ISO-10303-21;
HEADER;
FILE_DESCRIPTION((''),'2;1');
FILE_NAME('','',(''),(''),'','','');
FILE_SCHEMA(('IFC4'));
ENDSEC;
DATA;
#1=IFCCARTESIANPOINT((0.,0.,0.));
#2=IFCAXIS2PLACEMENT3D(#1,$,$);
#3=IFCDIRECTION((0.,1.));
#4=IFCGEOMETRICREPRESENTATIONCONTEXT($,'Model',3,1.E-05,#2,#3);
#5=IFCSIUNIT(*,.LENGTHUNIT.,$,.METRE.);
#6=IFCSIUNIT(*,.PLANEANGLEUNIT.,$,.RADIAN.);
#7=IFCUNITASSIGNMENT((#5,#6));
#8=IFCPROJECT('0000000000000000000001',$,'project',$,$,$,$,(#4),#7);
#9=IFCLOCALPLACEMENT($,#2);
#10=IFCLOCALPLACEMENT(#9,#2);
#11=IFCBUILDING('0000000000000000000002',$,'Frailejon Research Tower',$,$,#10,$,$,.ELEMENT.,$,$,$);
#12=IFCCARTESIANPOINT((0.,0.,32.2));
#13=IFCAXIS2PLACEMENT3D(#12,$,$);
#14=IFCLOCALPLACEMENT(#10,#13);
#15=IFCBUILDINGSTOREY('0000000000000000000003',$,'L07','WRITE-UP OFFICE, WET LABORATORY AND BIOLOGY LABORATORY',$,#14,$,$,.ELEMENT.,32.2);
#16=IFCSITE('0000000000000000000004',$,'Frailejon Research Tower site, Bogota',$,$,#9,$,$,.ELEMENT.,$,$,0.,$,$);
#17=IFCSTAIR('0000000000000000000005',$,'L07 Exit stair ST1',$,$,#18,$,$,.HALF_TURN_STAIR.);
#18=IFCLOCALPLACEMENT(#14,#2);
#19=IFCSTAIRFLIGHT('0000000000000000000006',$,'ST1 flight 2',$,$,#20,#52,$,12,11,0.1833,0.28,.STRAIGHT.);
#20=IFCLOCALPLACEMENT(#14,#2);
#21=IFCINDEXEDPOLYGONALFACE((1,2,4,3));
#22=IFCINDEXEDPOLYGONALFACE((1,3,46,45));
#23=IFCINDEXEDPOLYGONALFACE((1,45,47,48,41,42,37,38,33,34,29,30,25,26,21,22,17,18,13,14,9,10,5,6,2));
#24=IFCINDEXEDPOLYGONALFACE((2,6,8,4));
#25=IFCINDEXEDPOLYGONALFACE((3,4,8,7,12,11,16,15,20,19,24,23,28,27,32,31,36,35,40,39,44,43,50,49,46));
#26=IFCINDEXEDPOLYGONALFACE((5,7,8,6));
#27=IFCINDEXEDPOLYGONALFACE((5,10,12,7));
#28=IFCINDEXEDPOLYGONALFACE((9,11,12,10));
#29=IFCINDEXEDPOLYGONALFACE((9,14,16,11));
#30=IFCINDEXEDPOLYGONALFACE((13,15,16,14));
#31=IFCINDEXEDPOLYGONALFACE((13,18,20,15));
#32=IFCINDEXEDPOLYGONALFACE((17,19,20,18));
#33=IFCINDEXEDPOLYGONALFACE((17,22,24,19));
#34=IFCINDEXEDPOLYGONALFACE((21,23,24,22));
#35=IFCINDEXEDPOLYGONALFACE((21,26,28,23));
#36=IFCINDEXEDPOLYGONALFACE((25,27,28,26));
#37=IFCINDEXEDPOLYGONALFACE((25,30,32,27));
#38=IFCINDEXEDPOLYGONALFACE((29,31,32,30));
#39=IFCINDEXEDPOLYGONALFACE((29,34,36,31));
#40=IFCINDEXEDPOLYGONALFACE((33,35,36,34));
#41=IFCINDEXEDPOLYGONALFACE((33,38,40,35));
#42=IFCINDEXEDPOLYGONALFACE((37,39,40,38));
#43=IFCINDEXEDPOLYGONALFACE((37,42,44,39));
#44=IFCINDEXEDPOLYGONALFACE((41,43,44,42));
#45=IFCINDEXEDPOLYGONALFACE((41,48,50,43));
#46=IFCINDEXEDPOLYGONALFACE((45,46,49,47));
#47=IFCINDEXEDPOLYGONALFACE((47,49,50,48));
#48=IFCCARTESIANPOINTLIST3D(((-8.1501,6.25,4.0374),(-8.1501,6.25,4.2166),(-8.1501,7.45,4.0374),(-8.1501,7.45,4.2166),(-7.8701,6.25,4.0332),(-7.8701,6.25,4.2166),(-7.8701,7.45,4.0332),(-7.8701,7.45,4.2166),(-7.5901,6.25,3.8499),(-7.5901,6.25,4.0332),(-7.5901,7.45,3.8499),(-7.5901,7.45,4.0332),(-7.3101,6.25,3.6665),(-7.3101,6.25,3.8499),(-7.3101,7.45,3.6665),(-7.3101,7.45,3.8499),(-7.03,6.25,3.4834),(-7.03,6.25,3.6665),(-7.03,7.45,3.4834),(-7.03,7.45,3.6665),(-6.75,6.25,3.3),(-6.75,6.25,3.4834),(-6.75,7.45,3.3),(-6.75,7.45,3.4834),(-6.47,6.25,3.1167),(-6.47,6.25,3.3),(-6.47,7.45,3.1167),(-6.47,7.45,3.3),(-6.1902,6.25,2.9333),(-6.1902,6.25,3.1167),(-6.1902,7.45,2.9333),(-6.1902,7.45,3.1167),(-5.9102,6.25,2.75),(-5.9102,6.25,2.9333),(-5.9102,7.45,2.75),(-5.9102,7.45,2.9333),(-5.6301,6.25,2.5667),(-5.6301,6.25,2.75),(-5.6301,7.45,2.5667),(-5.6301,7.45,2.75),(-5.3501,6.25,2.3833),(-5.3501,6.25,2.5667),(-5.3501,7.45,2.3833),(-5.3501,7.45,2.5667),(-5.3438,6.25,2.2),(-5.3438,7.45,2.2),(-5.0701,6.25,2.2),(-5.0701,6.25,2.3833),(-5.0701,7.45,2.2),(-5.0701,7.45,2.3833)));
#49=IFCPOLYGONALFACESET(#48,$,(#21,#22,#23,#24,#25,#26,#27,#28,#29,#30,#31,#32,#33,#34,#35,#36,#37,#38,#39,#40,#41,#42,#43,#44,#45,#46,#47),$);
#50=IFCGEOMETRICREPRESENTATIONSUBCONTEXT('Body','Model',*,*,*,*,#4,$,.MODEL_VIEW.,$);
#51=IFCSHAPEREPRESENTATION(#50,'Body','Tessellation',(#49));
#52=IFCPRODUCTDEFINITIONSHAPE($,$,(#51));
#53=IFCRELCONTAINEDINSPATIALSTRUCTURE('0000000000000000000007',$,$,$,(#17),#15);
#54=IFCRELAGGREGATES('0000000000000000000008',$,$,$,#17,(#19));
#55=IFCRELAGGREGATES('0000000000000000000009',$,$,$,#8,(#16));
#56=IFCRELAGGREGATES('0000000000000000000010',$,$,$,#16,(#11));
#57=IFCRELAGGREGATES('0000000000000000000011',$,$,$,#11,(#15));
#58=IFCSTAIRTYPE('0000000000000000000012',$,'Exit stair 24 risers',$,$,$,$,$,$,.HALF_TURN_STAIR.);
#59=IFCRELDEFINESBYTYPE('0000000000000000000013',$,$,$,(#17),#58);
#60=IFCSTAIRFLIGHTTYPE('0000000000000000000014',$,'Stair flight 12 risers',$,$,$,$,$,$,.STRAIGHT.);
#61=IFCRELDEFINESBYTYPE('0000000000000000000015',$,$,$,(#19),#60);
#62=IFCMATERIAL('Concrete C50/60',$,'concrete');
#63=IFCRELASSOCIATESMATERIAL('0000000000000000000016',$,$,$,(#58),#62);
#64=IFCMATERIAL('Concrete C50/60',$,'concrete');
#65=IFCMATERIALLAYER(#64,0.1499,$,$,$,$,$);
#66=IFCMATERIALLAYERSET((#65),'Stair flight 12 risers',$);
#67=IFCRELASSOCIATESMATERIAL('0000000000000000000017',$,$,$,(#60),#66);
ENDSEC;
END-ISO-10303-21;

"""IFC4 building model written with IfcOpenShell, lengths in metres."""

from ifc_helpers import new_model, si_unit, direction, frame, origin, place, context, subcontext, project, spatial, polyline, outline, extrude, material, layer, layer_set, type_object, element, aggregate, save


model = new_model("IFC4")

# Units and contexts
model_context = context("Model", 3, precision=1e-05, world=origin(), true_north=direction((0.0, 1.0)))
body_context = subcontext(model_context, "Body", "Model", "MODEL_VIEW")
ifc_project = project(units=[si_unit("LENGTHUNIT", "METRE"), si_unit("PLANEANGLEUNIT", "RADIAN")], contexts=[model_context])

# Site, building, storey
site_placement = place(None, origin())
site = spatial("IfcSite", under=ifc_project, at=site_placement, Name="Frailejon Research Tower site, Bogota", CompositionType="ELEMENT", RefElevation=0.0)
building_placement = place(site_placement, origin())
building = spatial("IfcBuilding", under=site, at=building_placement, Name="Frailejon Research Tower", CompositionType="ELEMENT")
storey_placement = place(building_placement, frame((0.0, 0.0, 32.2)))
storey = spatial("IfcBuildingStorey", under=building, at=storey_placement, Name="L07", Description="WRITE-UP OFFICE, WET LABORATORY AND BIOLOGY LABORATORY", CompositionType="ELEMENT", Elevation=32.2)

# Stair, stair flight
ifc_material_1 = material(Name="Concrete C50/60", Category="concrete")
stair_type = type_object("IfcStairType", Name="Exit stair 24 risers", PredefinedType="HALF_TURN_STAIR", material=ifc_material_1)
stair_placement = place(storey_placement, origin())
stair = element("IfcStair", 1, at=stair_placement, inside=storey, type_object=stair_type, Name="L07 Exit stair ST1", PredefinedType="HALF_TURN_STAIR")
ifc_material_2 = material(Name="Concrete C50/60", Category="concrete")
ifc_layer_1 = layer(ifc_material_2, 0.1499)
ifc_layer_set_1 = layer_set([ifc_layer_1], Name="Stair flight 12 risers")
stair_flight_type = type_object("IfcStairFlightType", Name="Stair flight 12 risers", PredefinedType="STRAIGHT", material=ifc_layer_set_1)
stair_flight_1_placement = place(storey_placement, frame((-5.0701, 6.8501, 2.2), z_axis=(0.0, 0.0, 1.0), x_axis=(-1.0, 0.0, 0.0)))
stair_flight_1 = element("IfcStairFlight", 2, at=stair_flight_1_placement, type_object=stair_flight_type, Name="ST1 flight 2", NumberOfRisers=12, NumberOfTreads=11, PredefinedType="STRAIGHT", RiserHeight=0.1833, TreadLength=0.28, context=body_context, shape_type="SweptSolid", body=[
    extrude(outline(polyline([(0.0, 0.0), (0.0, 0.1833), (0.28, 0.1833), (0.28, 0.3667), (0.5601, 0.3667), (0.5601, 0.55), (0.8401, 0.55), (0.8401, 0.7334), (1.1201, 0.7334), (1.1201, 0.9167), (1.3999, 0.9167), (1.3999, 1.1001), (1.6799, 1.1001), (1.6799, 1.2834), (1.96, 1.2834), (1.96, 1.4666), (2.24, 1.4666), (2.24, 1.6499), (2.52, 1.6499), (2.52, 1.8333), (2.8, 1.8333), (2.8, 2.0166), (3.0801, 2.0166), (3.0801, 2.2), (3.0801, 1.8374), (0.2737, 0.0), (0.0, 0.0)])), frame((0.0, 0.6001, 0.0), z_axis=(0.0, -1.0, 0.0), x_axis=(1.0, 0.0, 0.0)), (0.0, 0.0, 1.0), 1.2),
])
aggregate(stair, [stair_flight_1])

save(model, "model.ifc")
